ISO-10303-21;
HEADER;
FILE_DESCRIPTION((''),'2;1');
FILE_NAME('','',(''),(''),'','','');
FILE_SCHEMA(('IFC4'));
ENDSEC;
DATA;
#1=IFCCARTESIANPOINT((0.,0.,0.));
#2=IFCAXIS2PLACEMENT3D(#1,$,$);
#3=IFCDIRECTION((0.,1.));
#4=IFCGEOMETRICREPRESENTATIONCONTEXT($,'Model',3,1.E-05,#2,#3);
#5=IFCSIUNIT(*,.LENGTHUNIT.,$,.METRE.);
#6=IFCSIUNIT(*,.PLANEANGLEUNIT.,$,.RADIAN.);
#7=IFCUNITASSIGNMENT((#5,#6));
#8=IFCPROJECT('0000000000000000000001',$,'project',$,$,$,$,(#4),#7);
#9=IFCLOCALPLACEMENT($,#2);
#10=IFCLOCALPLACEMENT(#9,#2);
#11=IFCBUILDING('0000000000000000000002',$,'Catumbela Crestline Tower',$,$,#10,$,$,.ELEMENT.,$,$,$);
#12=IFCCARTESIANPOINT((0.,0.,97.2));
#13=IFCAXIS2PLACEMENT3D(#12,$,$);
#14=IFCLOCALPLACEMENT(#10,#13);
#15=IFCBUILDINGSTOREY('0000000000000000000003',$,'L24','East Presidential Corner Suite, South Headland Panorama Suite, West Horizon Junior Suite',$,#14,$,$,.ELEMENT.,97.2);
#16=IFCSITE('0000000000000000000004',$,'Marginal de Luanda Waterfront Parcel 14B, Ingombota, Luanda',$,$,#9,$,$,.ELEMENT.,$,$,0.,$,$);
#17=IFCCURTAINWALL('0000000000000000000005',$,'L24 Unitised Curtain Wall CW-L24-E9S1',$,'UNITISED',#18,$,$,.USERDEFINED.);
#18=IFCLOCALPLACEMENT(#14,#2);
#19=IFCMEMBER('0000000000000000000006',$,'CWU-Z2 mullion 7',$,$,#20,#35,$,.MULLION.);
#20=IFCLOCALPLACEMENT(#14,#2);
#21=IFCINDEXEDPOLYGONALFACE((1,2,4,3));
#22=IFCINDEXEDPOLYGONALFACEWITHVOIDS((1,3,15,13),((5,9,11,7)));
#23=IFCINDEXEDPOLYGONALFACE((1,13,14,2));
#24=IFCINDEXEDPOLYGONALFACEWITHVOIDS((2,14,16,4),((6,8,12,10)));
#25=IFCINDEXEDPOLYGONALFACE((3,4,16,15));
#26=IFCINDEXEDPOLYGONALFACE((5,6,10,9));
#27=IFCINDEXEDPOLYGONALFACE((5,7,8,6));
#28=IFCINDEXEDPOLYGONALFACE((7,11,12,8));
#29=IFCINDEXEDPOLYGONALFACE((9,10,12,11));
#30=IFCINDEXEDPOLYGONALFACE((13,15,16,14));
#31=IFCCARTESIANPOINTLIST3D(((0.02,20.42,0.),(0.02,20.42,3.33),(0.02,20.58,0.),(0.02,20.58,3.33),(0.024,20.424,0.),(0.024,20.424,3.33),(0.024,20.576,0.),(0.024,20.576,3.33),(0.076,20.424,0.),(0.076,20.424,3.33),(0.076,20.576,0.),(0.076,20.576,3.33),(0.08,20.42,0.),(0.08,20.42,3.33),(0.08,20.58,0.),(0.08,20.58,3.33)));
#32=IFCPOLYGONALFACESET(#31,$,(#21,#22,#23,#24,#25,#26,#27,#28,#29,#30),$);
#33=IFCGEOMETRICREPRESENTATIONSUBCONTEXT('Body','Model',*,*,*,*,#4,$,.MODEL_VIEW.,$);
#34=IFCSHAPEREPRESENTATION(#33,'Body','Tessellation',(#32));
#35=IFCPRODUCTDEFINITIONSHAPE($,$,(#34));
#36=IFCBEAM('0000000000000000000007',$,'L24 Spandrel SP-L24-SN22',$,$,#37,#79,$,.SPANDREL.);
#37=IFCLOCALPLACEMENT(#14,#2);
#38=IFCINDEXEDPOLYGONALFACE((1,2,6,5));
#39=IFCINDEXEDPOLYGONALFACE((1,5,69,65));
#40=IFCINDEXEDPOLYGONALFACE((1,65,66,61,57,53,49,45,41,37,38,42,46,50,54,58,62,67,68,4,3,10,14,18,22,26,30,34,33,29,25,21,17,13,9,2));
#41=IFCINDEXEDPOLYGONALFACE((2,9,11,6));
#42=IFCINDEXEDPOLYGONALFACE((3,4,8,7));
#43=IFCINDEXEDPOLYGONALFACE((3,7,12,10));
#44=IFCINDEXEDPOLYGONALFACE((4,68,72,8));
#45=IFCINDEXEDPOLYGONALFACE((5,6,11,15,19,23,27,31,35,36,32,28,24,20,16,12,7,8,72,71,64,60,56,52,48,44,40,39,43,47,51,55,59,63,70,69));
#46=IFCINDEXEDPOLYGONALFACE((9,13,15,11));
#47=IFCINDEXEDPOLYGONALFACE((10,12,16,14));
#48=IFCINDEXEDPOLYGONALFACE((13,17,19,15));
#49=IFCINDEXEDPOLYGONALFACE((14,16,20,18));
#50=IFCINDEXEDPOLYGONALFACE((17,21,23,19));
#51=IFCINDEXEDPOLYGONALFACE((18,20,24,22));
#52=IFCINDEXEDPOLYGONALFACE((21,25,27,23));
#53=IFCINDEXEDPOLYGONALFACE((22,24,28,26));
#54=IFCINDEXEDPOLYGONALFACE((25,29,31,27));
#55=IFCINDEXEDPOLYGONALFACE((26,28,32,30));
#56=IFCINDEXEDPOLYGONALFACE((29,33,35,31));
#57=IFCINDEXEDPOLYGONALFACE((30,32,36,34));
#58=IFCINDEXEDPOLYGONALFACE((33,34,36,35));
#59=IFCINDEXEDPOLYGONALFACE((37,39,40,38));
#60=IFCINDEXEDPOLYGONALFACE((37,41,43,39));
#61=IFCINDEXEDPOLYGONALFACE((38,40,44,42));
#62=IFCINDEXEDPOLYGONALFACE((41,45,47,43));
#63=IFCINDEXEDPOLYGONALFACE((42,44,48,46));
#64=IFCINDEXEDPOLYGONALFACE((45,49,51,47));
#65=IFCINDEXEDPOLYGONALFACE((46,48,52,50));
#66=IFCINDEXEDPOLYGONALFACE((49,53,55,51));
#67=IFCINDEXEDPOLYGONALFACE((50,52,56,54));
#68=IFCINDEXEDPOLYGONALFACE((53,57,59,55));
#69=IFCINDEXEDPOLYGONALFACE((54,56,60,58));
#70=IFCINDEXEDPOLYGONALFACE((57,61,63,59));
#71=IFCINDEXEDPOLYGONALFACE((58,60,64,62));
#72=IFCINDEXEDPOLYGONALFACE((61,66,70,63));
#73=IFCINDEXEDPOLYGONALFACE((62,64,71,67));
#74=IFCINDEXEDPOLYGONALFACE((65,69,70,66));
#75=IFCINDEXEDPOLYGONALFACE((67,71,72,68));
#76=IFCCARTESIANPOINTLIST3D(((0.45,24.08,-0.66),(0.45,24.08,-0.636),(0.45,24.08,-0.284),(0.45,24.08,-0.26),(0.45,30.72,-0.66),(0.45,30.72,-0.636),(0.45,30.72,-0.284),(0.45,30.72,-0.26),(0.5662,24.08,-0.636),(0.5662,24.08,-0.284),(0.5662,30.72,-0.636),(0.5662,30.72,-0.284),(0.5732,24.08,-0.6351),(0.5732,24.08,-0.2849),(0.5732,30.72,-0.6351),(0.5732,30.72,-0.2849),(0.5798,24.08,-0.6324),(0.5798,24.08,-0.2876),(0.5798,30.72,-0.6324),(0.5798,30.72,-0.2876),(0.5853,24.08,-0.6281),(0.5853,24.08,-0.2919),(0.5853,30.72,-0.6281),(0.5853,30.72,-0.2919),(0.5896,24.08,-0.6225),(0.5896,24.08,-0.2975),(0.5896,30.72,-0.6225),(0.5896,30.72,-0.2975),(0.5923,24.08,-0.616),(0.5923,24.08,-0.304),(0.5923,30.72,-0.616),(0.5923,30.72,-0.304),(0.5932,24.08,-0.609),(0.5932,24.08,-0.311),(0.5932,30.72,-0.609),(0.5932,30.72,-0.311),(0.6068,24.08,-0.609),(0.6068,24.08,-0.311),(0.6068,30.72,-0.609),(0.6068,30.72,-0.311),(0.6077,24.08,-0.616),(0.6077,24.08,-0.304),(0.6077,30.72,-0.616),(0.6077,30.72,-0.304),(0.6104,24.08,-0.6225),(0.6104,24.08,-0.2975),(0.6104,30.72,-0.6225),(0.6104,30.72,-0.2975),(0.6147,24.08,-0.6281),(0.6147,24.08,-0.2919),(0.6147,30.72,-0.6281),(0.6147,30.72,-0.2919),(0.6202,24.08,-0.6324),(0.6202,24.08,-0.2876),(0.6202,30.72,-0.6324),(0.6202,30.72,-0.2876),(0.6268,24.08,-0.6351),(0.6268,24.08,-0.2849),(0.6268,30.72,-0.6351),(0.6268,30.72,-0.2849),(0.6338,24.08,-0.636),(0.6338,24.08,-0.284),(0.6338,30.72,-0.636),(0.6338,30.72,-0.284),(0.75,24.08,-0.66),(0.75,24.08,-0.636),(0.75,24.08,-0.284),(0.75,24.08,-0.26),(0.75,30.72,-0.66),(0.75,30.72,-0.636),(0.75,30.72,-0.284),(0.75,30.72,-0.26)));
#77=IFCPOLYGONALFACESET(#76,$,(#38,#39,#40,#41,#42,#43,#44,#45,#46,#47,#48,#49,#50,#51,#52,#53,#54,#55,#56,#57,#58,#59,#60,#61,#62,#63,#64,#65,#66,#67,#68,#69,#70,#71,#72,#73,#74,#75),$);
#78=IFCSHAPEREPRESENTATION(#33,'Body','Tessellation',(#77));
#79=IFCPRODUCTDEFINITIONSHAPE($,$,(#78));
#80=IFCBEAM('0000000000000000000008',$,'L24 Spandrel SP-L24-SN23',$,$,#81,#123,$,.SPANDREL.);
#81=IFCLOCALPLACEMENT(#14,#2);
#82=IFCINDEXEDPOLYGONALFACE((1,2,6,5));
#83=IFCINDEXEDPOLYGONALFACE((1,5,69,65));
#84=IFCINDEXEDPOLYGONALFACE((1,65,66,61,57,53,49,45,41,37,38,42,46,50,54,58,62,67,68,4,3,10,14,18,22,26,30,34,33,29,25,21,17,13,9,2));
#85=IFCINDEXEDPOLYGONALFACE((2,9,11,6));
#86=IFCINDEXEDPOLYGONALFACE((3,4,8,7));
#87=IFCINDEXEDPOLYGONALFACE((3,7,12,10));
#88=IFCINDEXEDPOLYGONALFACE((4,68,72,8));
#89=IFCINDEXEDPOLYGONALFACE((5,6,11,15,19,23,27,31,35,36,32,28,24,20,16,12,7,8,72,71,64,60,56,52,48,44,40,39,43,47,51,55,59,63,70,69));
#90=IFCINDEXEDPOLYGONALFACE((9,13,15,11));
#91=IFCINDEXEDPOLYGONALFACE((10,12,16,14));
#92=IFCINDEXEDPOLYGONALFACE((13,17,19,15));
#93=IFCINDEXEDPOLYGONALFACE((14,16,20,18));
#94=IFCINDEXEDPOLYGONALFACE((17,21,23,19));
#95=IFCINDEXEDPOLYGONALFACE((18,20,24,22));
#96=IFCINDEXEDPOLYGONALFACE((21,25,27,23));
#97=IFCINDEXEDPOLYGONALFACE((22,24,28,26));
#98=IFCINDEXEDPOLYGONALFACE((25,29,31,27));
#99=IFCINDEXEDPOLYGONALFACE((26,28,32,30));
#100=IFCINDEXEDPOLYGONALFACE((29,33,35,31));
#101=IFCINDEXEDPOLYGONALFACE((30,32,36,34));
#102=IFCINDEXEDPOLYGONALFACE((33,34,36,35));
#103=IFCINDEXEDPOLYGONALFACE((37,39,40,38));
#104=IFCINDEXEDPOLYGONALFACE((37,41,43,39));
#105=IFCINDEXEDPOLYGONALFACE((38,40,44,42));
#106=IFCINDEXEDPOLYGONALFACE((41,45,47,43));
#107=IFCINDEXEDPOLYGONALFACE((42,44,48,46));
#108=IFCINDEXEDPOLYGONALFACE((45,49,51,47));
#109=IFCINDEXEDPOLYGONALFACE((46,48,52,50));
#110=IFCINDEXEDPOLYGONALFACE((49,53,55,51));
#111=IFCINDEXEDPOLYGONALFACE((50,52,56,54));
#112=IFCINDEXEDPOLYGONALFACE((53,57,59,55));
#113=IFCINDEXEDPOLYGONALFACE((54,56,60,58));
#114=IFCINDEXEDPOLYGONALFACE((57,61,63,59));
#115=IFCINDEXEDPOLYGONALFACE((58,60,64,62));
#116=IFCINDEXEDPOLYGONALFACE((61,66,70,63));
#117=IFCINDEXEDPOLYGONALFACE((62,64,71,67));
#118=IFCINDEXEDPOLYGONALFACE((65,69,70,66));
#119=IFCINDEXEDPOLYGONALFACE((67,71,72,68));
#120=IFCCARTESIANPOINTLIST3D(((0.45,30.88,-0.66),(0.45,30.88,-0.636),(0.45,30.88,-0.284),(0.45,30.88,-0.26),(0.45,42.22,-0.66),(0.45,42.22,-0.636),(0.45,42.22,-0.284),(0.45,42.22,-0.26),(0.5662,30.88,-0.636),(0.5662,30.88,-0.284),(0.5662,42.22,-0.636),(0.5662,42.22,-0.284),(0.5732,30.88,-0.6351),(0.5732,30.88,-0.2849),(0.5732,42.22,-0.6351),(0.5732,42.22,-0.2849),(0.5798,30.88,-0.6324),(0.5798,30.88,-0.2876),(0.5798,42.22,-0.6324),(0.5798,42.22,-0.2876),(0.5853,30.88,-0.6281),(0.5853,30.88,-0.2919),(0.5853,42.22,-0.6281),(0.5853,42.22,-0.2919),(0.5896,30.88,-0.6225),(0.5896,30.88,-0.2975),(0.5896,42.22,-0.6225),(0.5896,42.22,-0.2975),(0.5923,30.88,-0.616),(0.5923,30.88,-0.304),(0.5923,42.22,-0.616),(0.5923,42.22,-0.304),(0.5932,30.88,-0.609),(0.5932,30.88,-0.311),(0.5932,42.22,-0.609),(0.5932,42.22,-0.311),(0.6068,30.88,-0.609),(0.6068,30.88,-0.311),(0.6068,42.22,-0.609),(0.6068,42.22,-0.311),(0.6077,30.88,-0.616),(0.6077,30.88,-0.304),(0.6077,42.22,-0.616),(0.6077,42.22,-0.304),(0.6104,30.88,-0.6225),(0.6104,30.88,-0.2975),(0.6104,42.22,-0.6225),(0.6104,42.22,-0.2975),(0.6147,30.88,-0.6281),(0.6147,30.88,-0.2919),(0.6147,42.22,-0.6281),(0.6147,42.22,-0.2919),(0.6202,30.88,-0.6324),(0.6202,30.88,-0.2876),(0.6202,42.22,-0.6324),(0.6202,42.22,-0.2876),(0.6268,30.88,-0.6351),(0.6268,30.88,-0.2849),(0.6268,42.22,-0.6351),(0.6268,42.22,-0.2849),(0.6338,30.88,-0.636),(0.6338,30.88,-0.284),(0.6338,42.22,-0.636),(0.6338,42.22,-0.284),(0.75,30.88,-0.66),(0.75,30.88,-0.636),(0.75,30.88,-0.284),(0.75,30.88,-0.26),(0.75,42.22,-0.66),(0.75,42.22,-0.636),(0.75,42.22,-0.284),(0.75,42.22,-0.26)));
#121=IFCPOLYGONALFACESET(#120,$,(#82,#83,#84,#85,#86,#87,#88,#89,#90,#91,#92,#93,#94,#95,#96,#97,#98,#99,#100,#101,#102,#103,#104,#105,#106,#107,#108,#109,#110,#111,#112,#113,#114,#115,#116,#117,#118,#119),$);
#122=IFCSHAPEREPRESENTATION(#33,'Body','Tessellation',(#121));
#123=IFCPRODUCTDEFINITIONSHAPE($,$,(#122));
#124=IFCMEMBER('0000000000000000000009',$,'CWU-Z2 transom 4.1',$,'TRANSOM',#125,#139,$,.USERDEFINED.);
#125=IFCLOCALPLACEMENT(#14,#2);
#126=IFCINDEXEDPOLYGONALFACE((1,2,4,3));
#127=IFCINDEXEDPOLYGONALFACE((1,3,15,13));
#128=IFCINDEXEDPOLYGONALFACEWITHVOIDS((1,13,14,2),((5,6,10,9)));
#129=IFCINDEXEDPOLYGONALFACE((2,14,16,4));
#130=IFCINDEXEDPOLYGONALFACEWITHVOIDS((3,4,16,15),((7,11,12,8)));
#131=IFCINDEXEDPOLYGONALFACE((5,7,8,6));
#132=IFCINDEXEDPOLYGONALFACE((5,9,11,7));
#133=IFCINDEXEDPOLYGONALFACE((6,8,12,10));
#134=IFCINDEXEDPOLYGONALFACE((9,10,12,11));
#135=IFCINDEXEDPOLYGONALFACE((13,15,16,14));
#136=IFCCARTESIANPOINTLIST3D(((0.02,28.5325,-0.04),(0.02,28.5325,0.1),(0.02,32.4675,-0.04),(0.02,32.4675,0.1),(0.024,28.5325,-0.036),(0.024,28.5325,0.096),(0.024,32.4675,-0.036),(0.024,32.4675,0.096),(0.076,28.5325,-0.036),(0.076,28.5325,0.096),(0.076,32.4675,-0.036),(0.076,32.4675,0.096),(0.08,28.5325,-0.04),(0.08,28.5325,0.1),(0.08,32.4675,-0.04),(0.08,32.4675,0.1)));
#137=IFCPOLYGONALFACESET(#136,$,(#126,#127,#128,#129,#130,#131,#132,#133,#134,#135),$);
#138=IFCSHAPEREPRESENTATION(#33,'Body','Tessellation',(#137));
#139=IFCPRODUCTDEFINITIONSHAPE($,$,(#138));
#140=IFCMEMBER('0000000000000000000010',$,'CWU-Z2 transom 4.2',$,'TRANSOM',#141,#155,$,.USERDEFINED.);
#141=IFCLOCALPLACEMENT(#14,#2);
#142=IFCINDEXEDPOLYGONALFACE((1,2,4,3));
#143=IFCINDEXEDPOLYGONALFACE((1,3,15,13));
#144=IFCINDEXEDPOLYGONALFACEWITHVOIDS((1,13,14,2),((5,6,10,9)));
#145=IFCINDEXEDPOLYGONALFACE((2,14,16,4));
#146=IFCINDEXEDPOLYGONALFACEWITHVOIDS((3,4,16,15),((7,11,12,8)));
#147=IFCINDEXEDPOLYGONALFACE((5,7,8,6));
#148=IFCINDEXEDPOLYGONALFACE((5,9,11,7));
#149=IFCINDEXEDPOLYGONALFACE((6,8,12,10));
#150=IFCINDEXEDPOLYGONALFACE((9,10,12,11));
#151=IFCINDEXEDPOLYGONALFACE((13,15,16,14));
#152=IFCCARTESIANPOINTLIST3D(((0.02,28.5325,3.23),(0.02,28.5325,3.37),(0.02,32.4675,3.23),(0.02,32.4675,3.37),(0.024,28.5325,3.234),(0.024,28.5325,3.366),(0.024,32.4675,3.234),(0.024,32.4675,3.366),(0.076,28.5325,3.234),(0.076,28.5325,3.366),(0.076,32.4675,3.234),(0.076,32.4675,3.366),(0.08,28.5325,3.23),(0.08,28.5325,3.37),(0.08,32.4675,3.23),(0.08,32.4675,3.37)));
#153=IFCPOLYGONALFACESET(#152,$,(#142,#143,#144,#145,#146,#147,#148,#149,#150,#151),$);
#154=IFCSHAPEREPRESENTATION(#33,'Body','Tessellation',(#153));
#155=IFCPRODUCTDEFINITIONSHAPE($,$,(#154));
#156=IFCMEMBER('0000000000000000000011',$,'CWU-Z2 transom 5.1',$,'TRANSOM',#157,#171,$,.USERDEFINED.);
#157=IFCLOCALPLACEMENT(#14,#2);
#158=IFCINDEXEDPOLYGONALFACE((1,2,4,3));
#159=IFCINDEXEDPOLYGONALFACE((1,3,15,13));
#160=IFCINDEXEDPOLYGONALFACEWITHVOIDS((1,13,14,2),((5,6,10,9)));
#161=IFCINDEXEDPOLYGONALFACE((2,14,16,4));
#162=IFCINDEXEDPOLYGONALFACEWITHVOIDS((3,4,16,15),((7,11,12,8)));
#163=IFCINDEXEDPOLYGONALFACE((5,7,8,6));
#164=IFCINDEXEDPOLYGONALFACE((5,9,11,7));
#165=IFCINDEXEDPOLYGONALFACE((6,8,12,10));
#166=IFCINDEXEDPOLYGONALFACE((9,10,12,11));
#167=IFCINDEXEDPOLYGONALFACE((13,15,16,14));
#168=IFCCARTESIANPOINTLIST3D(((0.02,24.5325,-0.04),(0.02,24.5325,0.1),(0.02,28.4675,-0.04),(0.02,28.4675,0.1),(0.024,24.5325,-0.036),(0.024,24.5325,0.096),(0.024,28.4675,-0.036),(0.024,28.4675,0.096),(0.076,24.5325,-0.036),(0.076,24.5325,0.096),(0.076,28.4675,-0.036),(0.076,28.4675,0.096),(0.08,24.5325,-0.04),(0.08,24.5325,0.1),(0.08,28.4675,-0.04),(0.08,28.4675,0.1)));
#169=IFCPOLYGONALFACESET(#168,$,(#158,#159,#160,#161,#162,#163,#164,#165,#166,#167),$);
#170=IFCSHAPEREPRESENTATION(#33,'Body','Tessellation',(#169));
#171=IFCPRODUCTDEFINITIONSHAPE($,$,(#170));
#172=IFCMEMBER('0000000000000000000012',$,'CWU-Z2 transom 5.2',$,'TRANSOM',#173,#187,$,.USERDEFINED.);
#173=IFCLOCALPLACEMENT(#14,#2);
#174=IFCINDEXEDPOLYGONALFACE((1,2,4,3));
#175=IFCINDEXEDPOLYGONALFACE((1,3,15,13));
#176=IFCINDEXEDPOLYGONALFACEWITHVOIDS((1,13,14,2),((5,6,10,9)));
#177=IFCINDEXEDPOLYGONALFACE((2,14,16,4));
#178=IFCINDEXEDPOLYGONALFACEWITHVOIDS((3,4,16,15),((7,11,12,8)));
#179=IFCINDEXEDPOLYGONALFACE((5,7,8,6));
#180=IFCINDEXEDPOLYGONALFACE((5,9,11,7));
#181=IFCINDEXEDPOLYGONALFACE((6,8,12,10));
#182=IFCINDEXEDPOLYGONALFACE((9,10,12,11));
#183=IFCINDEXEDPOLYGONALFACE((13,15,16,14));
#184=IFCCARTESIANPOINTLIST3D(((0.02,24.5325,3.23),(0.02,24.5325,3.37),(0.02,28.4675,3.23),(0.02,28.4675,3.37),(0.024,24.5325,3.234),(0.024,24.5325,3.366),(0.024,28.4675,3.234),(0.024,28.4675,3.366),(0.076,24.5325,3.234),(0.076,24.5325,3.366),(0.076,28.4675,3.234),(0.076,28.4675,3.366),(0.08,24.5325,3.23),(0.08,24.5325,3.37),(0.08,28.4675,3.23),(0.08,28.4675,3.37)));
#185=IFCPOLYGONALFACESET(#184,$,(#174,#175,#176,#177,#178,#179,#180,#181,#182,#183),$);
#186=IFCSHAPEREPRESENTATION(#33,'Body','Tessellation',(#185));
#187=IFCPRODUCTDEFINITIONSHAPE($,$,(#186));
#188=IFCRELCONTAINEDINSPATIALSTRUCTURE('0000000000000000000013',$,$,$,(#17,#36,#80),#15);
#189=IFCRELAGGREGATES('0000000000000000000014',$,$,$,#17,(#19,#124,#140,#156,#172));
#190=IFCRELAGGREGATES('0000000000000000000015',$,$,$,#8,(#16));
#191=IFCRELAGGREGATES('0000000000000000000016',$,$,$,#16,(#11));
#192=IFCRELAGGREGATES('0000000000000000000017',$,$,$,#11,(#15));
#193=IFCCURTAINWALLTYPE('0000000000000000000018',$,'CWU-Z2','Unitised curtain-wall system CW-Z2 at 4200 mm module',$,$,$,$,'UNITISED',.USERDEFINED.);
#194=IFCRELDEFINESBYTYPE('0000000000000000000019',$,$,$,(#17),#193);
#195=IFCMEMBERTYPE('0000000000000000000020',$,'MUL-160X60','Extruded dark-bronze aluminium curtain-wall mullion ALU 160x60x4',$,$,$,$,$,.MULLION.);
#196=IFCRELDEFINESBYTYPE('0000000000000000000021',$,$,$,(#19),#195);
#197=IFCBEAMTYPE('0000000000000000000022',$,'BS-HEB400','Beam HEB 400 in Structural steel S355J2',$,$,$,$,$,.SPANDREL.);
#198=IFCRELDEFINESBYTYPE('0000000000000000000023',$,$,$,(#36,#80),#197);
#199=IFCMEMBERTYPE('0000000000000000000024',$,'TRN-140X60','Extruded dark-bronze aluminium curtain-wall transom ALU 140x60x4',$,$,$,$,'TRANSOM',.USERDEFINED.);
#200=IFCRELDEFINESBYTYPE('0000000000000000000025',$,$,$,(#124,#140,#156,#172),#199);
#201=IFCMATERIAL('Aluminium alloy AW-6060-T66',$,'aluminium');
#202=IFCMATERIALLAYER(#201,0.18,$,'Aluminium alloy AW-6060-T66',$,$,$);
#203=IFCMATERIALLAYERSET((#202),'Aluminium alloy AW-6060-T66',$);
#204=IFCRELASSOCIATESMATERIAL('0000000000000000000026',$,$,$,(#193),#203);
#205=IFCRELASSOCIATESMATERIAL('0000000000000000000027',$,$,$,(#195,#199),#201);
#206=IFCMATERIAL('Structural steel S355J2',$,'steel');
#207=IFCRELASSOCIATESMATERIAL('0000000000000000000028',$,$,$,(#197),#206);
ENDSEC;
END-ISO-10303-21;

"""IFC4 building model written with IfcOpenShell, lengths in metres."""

from ifc_helpers import new_model, si_unit, direction, frame, origin, origin_2d, place, context, subcontext, project, spatial, hollow_rectangle, i_section, extrude, material, layer, layer_set, material_profile, profile_set, type_object, element, aggregate, save


model = new_model("IFC4")

# Units and contexts
model_context = context("Model", 3, precision=1e-05, world=origin(), true_north=direction((0.0, 1.0)))
body_context = subcontext(model_context, "Body", "Model", "MODEL_VIEW")
ifc_project = project(units=[si_unit("LENGTHUNIT", "METRE"), si_unit("PLANEANGLEUNIT", "RADIAN")], contexts=[model_context])

# Site, building, storey
site_placement = place(None, origin())
site = spatial("IfcSite", under=ifc_project, at=site_placement, Name="Marginal de Luanda Waterfront Parcel 14B, Ingombota, Luanda", CompositionType="ELEMENT", RefElevation=0.0)
building_placement = place(site_placement, origin())
building = spatial("IfcBuilding", under=site, at=building_placement, Name="Catumbela Crestline Tower", CompositionType="ELEMENT")
storey_placement = place(building_placement, frame((0.0, 0.0, 97.2)))
storey = spatial("IfcBuildingStorey", under=building, at=storey_placement, Name="L24", Description="East Presidential Corner Suite, South Headland Panorama Suite, West Horizon Junior Suite", CompositionType="ELEMENT", Elevation=97.2)

# Shared definitions
ifc_material_1 = material(Name="Structural steel S355J2", Category="steel")

# Curtain wall, member
ifc_material_2 = material(Name="Aluminium alloy AW-6060-T66", Category="aluminium")
ifc_layer_1 = layer(ifc_material_2, 0.18, Name="Aluminium alloy AW-6060-T66")
ifc_layer_set_1 = layer_set([ifc_layer_1], Name="Aluminium alloy AW-6060-T66")
curtain_wall_type = type_object("IfcCurtainWallType", Name="CWU-Z2", Description="Unitised curtain-wall system CW-Z2 at 4200 mm module", ElementType="UNITISED", PredefinedType="USERDEFINED", material=ifc_layer_set_1)
curtain_wall_placement = place(storey_placement, origin())
curtain_wall = element("IfcCurtainWall", 1, at=curtain_wall_placement, inside=storey, type_object=curtain_wall_type, Name="L24 Unitised Curtain Wall CW-L24-E9S1", ObjectType="UNITISED", PredefinedType="USERDEFINED")
ifc_material_profile_1 = material_profile(ifc_material_2, hollow_rectangle(XDim=0.06, YDim=0.16, WallThickness=0.004, at=origin_2d()), Name="ALU 160x60x4")
ifc_profile_set_1 = profile_set([ifc_material_profile_1], Name="Aluminium alloy AW-6060-T66")
member_type_1 = type_object("IfcMemberType", Name="MUL-160X60", Description="Extruded dark-bronze aluminium curtain-wall mullion ALU 160x60x4", PredefinedType="MULLION", material=ifc_profile_set_1)
member_1_placement = place(storey_placement, frame((0.05, 20.5, 0.0), z_axis=(0.0, 0.0, 1.0), x_axis=(1.0, 0.0, 0.0)))
member_1 = element("IfcMember", 2, at=member_1_placement, type_object=member_type_1, Name="CWU-Z2 mullion 7", PredefinedType="MULLION", context=body_context, shape_type="SweptSolid", body=[
    extrude(hollow_rectangle(XDim=0.06, YDim=0.16, WallThickness=0.004, at=origin_2d()), origin(), (0.0, 0.0, 1.0), 3.33),
])

# Beams
ifc_material_profile_2 = material_profile(ifc_material_1, i_section(OverallWidth=0.3, OverallDepth=0.4, WebThickness=0.0135, FlangeThickness=0.024, FilletRadius=0.027, at=origin_2d()), Name="HEB 400")
ifc_profile_set_2 = profile_set([ifc_material_profile_2], Name="Structural steel S355J2")
beam_type_1 = type_object("IfcBeamType", Name="BS-HEB400", Description="Beam HEB 400 in Structural steel S355J2", PredefinedType="SPANDREL", material=ifc_profile_set_2)
beam_1_placement = place(storey_placement, frame((0.6, 24.08, -0.46), z_axis=(0.0, 1.0, 0.0), x_axis=(-1.0, 0.0, 0.0)))
element("IfcBeam", 3, at=beam_1_placement, inside=storey, type_object=beam_type_1, Name="L24 Spandrel SP-L24-SN22", PredefinedType="SPANDREL", context=body_context, shape_type="SweptSolid", body=[
    extrude(i_section(OverallWidth=0.3, OverallDepth=0.4, WebThickness=0.0135, FlangeThickness=0.024, FilletRadius=0.027, at=origin_2d()), origin(), (0.0, 0.0, 1.0), 6.64),
])
beam_2_placement = place(storey_placement, frame((0.6, 30.88, -0.46), z_axis=(0.0, 1.0, 0.0), x_axis=(-1.0, 0.0, 0.0)))
element("IfcBeam", 4, at=beam_2_placement, inside=storey, type_object=beam_type_1, Name="L24 Spandrel SP-L24-SN23", PredefinedType="SPANDREL", context=body_context, shape_type="SweptSolid", body=[
    extrude(i_section(OverallWidth=0.3, OverallDepth=0.4, WebThickness=0.0135, FlangeThickness=0.024, FilletRadius=0.027, at=origin_2d()), origin(), (0.0, 0.0, 1.0), 11.34),
])

# Members
ifc_material_profile_3 = material_profile(ifc_material_2, hollow_rectangle(XDim=0.06, YDim=0.14, WallThickness=0.004, at=origin_2d()), Name="ALU 140x60x4")
ifc_profile_set_3 = profile_set([ifc_material_profile_3], Name="Aluminium alloy AW-6060-T66")
member_type_2 = type_object("IfcMemberType", Name="TRN-140X60", Description="Extruded dark-bronze aluminium curtain-wall transom ALU 140x60x4", ElementType="TRANSOM", PredefinedType="USERDEFINED", material=ifc_profile_set_3)
member_2_placement = place(storey_placement, frame((0.05, 32.4675, 0.03), z_axis=(0.0, -1.0, 0.0), x_axis=(1.0, 0.0, 0.0)))
member_2 = element("IfcMember", 5, at=member_2_placement, type_object=member_type_2, Name="CWU-Z2 transom 4.1", ObjectType="TRANSOM", PredefinedType="USERDEFINED", context=body_context, shape_type="SweptSolid", body=[
    extrude(hollow_rectangle(XDim=0.06, YDim=0.14, WallThickness=0.004, at=origin_2d()), origin(), (0.0, 0.0, 1.0), 3.935),
])
member_3_placement = place(storey_placement, frame((0.05, 32.4675, 3.3), z_axis=(0.0, -1.0, 0.0), x_axis=(1.0, 0.0, 0.0)))
member_3 = element("IfcMember", 6, at=member_3_placement, type_object=member_type_2, Name="CWU-Z2 transom 4.2", ObjectType="TRANSOM", PredefinedType="USERDEFINED", context=body_context, shape_type="SweptSolid", body=[
    extrude(hollow_rectangle(XDim=0.06, YDim=0.14, WallThickness=0.004, at=origin_2d()), origin(), (0.0, 0.0, 1.0), 3.935),
])
member_4_placement = place(storey_placement, frame((0.05, 28.4675, 0.03), z_axis=(0.0, -1.0, 0.0), x_axis=(1.0, 0.0, 0.0)))
member_4 = element("IfcMember", 7, at=member_4_placement, type_object=member_type_2, Name="CWU-Z2 transom 5.1", ObjectType="TRANSOM", PredefinedType="USERDEFINED", context=body_context, shape_type="SweptSolid", body=[
    extrude(hollow_rectangle(XDim=0.06, YDim=0.14, WallThickness=0.004, at=origin_2d()), origin(), (0.0, 0.0, 1.0), 3.935),
])
member_5_placement = place(storey_placement, frame((0.05, 28.4675, 3.3), z_axis=(0.0, -1.0, 0.0), x_axis=(1.0, 0.0, 0.0)))
member_5 = element("IfcMember", 8, at=member_5_placement, type_object=member_type_2, Name="CWU-Z2 transom 5.2", ObjectType="TRANSOM", PredefinedType="USERDEFINED", context=body_context, shape_type="SweptSolid", body=[
    extrude(hollow_rectangle(XDim=0.06, YDim=0.14, WallThickness=0.004, at=origin_2d()), origin(), (0.0, 0.0, 1.0), 3.935),
])

aggregate(curtain_wall, [member_1, member_2, member_3, member_4, member_5])

save(model, "model.ifc")
